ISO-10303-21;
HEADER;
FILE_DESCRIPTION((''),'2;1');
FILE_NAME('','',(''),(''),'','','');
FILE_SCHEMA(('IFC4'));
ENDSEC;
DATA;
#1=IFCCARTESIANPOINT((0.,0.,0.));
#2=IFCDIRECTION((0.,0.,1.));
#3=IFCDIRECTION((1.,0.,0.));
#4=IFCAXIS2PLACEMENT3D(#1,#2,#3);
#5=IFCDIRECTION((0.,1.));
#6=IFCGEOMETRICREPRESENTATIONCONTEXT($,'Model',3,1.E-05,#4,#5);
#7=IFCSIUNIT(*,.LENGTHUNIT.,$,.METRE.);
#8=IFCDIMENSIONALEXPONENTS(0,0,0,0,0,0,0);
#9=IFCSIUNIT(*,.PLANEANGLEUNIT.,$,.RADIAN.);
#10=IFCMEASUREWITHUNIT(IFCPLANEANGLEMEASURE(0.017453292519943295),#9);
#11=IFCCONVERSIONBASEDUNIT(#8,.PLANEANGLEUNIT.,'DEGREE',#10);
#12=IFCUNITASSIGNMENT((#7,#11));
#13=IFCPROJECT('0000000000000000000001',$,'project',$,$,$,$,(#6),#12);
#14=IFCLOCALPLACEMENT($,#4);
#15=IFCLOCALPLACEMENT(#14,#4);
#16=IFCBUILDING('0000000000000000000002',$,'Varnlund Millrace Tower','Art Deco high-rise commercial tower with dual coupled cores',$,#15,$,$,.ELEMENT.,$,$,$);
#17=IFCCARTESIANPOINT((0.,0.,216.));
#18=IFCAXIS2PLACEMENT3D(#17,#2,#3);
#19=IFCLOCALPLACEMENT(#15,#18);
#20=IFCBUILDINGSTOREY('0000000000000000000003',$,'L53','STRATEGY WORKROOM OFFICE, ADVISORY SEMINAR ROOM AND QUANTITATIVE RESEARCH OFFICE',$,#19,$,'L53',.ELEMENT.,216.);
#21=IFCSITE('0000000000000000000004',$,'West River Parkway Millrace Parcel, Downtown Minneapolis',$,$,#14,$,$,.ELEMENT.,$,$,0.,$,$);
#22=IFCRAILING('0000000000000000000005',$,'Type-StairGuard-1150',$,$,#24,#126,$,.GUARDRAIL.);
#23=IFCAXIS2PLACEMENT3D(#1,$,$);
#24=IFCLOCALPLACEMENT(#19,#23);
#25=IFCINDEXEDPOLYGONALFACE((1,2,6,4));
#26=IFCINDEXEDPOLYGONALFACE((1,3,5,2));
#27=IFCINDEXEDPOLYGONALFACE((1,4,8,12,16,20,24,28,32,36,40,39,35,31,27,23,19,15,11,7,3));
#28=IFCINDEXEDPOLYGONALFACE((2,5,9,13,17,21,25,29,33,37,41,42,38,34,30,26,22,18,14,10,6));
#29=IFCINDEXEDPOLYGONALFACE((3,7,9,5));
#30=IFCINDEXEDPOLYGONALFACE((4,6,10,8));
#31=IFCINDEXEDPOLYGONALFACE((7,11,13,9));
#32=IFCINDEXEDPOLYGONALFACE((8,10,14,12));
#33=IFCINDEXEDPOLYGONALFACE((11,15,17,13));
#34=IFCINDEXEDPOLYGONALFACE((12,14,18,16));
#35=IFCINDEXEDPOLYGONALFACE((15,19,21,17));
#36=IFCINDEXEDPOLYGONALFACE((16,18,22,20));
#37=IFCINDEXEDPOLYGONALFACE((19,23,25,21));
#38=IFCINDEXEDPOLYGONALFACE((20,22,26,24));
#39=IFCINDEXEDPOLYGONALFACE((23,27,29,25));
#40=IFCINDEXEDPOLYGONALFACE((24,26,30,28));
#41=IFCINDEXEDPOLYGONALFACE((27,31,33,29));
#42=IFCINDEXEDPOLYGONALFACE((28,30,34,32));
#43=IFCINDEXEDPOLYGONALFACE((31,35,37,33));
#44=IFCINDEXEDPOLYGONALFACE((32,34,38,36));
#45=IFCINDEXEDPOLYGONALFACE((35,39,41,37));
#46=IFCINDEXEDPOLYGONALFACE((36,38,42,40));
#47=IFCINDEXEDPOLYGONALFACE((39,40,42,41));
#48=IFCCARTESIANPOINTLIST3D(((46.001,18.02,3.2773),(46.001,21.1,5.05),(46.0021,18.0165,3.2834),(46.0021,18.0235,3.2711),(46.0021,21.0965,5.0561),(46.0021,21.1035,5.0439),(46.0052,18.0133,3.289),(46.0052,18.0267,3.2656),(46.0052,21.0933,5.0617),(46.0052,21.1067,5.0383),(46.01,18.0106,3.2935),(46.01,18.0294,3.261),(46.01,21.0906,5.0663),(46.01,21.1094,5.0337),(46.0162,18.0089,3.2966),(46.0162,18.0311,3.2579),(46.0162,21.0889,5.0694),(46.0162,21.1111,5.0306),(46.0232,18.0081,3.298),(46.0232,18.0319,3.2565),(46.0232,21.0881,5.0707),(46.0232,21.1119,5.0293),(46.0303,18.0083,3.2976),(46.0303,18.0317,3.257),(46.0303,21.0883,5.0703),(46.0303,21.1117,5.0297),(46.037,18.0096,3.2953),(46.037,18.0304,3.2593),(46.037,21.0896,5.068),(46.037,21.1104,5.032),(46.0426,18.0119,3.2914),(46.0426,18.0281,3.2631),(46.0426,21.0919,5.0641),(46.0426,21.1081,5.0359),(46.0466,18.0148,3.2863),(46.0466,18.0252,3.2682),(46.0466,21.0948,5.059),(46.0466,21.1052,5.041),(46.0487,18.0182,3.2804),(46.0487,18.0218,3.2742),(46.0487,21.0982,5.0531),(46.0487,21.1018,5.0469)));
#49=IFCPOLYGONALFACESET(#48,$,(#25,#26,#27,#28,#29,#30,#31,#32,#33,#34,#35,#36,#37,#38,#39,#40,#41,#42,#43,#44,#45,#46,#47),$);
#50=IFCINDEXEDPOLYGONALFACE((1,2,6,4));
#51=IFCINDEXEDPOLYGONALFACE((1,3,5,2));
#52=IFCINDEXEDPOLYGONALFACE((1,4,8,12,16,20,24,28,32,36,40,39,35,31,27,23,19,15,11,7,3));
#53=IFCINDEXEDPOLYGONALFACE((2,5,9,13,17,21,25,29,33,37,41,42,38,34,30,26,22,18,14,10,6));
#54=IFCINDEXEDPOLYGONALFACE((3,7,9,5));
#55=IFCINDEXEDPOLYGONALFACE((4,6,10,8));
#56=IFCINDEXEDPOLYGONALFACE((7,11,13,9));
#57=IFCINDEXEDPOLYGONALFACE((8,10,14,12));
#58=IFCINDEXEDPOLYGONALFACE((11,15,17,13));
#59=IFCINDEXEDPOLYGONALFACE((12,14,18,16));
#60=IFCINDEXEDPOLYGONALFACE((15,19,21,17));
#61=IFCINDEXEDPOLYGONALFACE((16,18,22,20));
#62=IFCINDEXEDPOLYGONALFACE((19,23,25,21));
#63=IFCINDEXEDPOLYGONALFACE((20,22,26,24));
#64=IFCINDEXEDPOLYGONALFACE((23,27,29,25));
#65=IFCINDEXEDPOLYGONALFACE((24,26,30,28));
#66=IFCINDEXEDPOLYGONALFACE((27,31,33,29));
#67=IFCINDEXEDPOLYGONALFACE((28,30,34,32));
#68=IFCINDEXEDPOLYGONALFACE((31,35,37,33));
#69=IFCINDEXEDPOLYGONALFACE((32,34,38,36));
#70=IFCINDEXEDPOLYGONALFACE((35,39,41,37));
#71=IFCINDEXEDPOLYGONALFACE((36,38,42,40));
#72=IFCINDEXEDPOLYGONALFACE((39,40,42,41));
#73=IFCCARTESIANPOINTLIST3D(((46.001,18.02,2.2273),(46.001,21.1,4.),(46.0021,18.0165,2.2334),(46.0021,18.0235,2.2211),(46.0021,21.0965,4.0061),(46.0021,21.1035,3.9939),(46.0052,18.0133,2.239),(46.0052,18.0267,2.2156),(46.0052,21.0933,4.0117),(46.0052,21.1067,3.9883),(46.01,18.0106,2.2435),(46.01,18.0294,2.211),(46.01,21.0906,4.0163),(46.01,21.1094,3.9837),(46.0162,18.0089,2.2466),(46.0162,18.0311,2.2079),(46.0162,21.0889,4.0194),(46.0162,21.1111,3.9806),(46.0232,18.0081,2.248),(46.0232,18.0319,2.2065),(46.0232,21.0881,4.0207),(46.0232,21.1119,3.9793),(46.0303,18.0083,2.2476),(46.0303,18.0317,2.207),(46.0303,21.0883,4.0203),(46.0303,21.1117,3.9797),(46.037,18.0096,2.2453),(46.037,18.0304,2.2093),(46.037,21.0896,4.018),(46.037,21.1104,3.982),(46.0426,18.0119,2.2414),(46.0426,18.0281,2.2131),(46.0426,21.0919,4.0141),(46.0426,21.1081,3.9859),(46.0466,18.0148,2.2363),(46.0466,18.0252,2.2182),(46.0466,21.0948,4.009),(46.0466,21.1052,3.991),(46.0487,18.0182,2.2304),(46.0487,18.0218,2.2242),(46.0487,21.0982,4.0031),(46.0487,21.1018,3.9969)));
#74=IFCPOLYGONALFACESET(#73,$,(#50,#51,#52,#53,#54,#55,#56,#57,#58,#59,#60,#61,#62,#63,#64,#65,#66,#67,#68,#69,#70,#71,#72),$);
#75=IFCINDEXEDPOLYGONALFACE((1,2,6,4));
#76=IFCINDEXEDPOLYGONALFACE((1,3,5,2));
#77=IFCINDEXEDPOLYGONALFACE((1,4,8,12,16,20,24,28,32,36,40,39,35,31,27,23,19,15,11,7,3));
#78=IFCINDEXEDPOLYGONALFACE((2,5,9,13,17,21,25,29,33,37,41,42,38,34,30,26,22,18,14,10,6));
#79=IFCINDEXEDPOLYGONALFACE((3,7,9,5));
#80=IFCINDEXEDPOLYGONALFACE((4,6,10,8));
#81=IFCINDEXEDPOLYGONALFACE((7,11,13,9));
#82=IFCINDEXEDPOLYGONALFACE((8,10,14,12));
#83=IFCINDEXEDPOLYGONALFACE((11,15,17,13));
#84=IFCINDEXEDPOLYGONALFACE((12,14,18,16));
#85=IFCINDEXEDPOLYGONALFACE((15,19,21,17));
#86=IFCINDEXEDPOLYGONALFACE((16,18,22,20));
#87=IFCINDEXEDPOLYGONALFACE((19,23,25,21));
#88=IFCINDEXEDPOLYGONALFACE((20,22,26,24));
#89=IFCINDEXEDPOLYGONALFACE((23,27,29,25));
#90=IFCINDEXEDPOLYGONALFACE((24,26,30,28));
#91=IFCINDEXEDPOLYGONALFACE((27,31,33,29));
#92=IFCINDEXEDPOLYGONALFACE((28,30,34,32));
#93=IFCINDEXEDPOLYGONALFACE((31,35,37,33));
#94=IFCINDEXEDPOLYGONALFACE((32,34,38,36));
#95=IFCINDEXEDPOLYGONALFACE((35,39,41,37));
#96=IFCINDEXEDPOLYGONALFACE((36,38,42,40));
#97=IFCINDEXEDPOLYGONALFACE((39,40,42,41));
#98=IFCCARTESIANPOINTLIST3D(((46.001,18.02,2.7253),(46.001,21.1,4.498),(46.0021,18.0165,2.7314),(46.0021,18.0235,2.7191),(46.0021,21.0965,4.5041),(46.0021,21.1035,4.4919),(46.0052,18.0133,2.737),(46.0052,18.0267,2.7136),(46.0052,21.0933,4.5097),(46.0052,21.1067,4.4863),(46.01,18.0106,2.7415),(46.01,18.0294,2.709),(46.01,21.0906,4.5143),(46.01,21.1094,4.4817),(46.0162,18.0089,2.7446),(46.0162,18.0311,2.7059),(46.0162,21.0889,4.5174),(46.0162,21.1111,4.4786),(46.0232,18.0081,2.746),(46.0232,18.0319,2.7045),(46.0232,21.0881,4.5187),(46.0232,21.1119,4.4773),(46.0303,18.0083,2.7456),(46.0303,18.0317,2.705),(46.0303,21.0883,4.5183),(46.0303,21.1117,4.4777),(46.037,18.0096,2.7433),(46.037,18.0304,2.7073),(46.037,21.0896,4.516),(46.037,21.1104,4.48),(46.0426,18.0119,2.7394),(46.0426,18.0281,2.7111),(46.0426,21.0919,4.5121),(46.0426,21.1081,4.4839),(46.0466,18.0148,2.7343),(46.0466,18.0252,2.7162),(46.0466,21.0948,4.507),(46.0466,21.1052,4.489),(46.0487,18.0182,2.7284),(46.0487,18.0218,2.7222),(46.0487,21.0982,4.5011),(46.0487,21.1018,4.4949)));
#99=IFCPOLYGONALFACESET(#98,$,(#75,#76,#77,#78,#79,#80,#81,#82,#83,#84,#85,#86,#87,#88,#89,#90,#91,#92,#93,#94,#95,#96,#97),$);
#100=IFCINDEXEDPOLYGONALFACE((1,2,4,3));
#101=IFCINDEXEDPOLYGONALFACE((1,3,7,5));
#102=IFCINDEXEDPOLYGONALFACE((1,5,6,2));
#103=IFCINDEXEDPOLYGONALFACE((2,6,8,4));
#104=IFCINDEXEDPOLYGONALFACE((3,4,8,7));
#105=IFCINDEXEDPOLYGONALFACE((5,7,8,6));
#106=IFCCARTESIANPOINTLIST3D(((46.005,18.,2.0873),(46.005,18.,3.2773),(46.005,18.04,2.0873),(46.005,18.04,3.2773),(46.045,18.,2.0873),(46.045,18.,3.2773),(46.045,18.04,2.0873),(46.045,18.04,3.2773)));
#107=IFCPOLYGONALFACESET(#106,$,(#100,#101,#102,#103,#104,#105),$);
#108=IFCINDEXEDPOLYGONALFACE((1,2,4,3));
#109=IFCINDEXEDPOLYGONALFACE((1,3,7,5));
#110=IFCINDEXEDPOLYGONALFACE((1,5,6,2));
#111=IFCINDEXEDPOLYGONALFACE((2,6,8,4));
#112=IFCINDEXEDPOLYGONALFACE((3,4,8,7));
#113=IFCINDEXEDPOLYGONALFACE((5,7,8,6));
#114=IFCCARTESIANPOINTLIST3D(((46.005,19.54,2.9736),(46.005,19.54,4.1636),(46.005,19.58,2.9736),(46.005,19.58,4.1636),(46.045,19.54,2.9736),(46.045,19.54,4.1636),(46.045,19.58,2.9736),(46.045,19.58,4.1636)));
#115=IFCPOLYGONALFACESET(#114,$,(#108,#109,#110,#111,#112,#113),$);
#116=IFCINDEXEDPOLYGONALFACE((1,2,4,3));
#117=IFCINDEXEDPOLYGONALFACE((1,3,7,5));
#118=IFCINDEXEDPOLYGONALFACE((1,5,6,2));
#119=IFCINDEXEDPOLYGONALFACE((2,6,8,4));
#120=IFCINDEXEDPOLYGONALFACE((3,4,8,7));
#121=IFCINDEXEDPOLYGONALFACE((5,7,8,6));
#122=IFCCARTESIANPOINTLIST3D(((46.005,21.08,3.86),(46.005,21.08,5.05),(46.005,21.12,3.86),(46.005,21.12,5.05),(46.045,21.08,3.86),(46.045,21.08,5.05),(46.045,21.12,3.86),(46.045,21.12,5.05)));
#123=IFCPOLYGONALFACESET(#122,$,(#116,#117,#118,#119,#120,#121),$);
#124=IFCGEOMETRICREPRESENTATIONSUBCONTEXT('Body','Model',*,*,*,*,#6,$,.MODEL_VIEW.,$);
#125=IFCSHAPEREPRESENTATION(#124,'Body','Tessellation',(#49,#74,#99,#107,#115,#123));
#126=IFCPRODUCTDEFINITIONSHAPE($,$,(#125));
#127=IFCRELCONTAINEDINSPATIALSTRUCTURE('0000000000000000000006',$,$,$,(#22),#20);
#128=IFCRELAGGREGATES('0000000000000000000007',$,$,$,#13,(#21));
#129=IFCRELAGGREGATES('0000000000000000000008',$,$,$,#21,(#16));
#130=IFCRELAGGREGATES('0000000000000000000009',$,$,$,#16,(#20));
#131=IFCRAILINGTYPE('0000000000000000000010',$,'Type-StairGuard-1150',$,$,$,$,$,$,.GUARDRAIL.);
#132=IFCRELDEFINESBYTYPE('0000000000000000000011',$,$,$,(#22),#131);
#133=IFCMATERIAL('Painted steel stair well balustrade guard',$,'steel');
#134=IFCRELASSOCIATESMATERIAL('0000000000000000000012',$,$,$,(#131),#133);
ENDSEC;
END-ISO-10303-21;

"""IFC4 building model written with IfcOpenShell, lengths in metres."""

from ifc_helpers import new_model, entity, si_unit, converted_unit, direction, frame, origin_with_axes, origin_2d_with_axis, place, context, subcontext, project, spatial, rectangle, circle, extrude, material, type_object, element, save


model = new_model("IFC4")

# Units and contexts
model_context = context("Model", 3, precision=1e-05, world=origin_with_axes(), true_north=direction((0.0, 1.0)))
body_context = subcontext(model_context, "Body", "Model", "MODEL_VIEW")
ifc_project = project(units=[si_unit("LENGTHUNIT", "METRE"), converted_unit("PLANEANGLEUNIT", "DEGREE", entity("IfcPlaneAngleMeasure", 0.017453292519943295), si_unit("PLANEANGLEUNIT", "RADIAN"), dimensions=[0, 0, 0, 0, 0, 0, 0])], contexts=[model_context])

# Site, building, storey
site_placement = place(None, origin_with_axes())
site = spatial("IfcSite", under=ifc_project, at=site_placement, Name="West River Parkway Millrace Parcel, Downtown Minneapolis", CompositionType="ELEMENT", RefElevation=0.0)
building_placement = place(site_placement, origin_with_axes())
building = spatial("IfcBuilding", under=site, at=building_placement, Name="Varnlund Millrace Tower", Description="Art Deco high-rise commercial tower with dual coupled cores", CompositionType="ELEMENT")
storey_placement = place(building_placement, frame((0.0, 0.0, 216.0), z_axis=(0.0, 0.0, 1.0), x_axis=(1.0, 0.0, 0.0)))
storey = spatial("IfcBuildingStorey", under=building, at=storey_placement, Name="L53", Description="STRATEGY WORKROOM OFFICE, ADVISORY SEMINAR ROOM AND QUANTITATIVE RESEARCH OFFICE", LongName="L53", CompositionType="ELEMENT", Elevation=216.0)

# Railing
ifc_material_1 = material(Name="Painted steel stair well balustrade guard", Category="steel")
railing_type_1 = type_object("IfcRailingType", Name="Type-StairGuard-1150", PredefinedType="GUARDRAIL", material=ifc_material_1)
railing_1_placement = place(storey_placement, frame((0.0, 0.0, -216.0), z_axis=(0.0, 0.0, 1.0), x_axis=(1.0, 0.0, 0.0)))
element("IfcRailing", 1, at=railing_1_placement, inside=storey, type_object=railing_type_1, Name="Type-StairGuard-1150", PredefinedType="GUARDRAIL", context=body_context, shape_type="SweptSolid", body=[
    extrude(circle(Radius=0.024, at=origin_2d_with_axis()), frame((46.025, 18.02, 219.2773), z_axis=(0.0, 0.866696, 0.498836), x_axis=(-1.0, 0.0, 0.0)), (0.0, 0.0, 1.0), 3.5537),
    extrude(circle(Radius=0.024, at=origin_2d_with_axis()), frame((46.025, 18.02, 218.2273), z_axis=(0.0, 0.866696, 0.498836), x_axis=(-1.0, 0.0, 0.0)), (0.0, 0.0, 1.0), 3.5537),
    extrude(circle(Radius=0.024, at=origin_2d_with_axis()), frame((46.025, 18.02, 218.7253), z_axis=(0.0, 0.866696, 0.498836), x_axis=(-1.0, 0.0, 0.0)), (0.0, 0.0, 1.0), 3.5537),
    extrude(rectangle(XDim=0.04, YDim=0.04, at=origin_2d_with_axis()), frame((46.025, 18.02, 218.0873), z_axis=(0.0, 0.0, 1.0), x_axis=(1.0, 0.0, 0.0)), (0.0, 0.0, 1.0), 1.19),
    extrude(rectangle(XDim=0.04, YDim=0.04, at=origin_2d_with_axis()), frame((46.025, 19.56, 218.9736), z_axis=(0.0, 0.0, 1.0), x_axis=(1.0, 0.0, 0.0)), (0.0, 0.0, 1.0), 1.19),
    extrude(rectangle(XDim=0.04, YDim=0.04, at=origin_2d_with_axis()), frame((46.025, 21.1, 219.86), z_axis=(0.0, 0.0, 1.0), x_axis=(1.0, 0.0, 0.0)), (0.0, 0.0, 1.0), 1.19),
])

save(model, "model.ifc")
